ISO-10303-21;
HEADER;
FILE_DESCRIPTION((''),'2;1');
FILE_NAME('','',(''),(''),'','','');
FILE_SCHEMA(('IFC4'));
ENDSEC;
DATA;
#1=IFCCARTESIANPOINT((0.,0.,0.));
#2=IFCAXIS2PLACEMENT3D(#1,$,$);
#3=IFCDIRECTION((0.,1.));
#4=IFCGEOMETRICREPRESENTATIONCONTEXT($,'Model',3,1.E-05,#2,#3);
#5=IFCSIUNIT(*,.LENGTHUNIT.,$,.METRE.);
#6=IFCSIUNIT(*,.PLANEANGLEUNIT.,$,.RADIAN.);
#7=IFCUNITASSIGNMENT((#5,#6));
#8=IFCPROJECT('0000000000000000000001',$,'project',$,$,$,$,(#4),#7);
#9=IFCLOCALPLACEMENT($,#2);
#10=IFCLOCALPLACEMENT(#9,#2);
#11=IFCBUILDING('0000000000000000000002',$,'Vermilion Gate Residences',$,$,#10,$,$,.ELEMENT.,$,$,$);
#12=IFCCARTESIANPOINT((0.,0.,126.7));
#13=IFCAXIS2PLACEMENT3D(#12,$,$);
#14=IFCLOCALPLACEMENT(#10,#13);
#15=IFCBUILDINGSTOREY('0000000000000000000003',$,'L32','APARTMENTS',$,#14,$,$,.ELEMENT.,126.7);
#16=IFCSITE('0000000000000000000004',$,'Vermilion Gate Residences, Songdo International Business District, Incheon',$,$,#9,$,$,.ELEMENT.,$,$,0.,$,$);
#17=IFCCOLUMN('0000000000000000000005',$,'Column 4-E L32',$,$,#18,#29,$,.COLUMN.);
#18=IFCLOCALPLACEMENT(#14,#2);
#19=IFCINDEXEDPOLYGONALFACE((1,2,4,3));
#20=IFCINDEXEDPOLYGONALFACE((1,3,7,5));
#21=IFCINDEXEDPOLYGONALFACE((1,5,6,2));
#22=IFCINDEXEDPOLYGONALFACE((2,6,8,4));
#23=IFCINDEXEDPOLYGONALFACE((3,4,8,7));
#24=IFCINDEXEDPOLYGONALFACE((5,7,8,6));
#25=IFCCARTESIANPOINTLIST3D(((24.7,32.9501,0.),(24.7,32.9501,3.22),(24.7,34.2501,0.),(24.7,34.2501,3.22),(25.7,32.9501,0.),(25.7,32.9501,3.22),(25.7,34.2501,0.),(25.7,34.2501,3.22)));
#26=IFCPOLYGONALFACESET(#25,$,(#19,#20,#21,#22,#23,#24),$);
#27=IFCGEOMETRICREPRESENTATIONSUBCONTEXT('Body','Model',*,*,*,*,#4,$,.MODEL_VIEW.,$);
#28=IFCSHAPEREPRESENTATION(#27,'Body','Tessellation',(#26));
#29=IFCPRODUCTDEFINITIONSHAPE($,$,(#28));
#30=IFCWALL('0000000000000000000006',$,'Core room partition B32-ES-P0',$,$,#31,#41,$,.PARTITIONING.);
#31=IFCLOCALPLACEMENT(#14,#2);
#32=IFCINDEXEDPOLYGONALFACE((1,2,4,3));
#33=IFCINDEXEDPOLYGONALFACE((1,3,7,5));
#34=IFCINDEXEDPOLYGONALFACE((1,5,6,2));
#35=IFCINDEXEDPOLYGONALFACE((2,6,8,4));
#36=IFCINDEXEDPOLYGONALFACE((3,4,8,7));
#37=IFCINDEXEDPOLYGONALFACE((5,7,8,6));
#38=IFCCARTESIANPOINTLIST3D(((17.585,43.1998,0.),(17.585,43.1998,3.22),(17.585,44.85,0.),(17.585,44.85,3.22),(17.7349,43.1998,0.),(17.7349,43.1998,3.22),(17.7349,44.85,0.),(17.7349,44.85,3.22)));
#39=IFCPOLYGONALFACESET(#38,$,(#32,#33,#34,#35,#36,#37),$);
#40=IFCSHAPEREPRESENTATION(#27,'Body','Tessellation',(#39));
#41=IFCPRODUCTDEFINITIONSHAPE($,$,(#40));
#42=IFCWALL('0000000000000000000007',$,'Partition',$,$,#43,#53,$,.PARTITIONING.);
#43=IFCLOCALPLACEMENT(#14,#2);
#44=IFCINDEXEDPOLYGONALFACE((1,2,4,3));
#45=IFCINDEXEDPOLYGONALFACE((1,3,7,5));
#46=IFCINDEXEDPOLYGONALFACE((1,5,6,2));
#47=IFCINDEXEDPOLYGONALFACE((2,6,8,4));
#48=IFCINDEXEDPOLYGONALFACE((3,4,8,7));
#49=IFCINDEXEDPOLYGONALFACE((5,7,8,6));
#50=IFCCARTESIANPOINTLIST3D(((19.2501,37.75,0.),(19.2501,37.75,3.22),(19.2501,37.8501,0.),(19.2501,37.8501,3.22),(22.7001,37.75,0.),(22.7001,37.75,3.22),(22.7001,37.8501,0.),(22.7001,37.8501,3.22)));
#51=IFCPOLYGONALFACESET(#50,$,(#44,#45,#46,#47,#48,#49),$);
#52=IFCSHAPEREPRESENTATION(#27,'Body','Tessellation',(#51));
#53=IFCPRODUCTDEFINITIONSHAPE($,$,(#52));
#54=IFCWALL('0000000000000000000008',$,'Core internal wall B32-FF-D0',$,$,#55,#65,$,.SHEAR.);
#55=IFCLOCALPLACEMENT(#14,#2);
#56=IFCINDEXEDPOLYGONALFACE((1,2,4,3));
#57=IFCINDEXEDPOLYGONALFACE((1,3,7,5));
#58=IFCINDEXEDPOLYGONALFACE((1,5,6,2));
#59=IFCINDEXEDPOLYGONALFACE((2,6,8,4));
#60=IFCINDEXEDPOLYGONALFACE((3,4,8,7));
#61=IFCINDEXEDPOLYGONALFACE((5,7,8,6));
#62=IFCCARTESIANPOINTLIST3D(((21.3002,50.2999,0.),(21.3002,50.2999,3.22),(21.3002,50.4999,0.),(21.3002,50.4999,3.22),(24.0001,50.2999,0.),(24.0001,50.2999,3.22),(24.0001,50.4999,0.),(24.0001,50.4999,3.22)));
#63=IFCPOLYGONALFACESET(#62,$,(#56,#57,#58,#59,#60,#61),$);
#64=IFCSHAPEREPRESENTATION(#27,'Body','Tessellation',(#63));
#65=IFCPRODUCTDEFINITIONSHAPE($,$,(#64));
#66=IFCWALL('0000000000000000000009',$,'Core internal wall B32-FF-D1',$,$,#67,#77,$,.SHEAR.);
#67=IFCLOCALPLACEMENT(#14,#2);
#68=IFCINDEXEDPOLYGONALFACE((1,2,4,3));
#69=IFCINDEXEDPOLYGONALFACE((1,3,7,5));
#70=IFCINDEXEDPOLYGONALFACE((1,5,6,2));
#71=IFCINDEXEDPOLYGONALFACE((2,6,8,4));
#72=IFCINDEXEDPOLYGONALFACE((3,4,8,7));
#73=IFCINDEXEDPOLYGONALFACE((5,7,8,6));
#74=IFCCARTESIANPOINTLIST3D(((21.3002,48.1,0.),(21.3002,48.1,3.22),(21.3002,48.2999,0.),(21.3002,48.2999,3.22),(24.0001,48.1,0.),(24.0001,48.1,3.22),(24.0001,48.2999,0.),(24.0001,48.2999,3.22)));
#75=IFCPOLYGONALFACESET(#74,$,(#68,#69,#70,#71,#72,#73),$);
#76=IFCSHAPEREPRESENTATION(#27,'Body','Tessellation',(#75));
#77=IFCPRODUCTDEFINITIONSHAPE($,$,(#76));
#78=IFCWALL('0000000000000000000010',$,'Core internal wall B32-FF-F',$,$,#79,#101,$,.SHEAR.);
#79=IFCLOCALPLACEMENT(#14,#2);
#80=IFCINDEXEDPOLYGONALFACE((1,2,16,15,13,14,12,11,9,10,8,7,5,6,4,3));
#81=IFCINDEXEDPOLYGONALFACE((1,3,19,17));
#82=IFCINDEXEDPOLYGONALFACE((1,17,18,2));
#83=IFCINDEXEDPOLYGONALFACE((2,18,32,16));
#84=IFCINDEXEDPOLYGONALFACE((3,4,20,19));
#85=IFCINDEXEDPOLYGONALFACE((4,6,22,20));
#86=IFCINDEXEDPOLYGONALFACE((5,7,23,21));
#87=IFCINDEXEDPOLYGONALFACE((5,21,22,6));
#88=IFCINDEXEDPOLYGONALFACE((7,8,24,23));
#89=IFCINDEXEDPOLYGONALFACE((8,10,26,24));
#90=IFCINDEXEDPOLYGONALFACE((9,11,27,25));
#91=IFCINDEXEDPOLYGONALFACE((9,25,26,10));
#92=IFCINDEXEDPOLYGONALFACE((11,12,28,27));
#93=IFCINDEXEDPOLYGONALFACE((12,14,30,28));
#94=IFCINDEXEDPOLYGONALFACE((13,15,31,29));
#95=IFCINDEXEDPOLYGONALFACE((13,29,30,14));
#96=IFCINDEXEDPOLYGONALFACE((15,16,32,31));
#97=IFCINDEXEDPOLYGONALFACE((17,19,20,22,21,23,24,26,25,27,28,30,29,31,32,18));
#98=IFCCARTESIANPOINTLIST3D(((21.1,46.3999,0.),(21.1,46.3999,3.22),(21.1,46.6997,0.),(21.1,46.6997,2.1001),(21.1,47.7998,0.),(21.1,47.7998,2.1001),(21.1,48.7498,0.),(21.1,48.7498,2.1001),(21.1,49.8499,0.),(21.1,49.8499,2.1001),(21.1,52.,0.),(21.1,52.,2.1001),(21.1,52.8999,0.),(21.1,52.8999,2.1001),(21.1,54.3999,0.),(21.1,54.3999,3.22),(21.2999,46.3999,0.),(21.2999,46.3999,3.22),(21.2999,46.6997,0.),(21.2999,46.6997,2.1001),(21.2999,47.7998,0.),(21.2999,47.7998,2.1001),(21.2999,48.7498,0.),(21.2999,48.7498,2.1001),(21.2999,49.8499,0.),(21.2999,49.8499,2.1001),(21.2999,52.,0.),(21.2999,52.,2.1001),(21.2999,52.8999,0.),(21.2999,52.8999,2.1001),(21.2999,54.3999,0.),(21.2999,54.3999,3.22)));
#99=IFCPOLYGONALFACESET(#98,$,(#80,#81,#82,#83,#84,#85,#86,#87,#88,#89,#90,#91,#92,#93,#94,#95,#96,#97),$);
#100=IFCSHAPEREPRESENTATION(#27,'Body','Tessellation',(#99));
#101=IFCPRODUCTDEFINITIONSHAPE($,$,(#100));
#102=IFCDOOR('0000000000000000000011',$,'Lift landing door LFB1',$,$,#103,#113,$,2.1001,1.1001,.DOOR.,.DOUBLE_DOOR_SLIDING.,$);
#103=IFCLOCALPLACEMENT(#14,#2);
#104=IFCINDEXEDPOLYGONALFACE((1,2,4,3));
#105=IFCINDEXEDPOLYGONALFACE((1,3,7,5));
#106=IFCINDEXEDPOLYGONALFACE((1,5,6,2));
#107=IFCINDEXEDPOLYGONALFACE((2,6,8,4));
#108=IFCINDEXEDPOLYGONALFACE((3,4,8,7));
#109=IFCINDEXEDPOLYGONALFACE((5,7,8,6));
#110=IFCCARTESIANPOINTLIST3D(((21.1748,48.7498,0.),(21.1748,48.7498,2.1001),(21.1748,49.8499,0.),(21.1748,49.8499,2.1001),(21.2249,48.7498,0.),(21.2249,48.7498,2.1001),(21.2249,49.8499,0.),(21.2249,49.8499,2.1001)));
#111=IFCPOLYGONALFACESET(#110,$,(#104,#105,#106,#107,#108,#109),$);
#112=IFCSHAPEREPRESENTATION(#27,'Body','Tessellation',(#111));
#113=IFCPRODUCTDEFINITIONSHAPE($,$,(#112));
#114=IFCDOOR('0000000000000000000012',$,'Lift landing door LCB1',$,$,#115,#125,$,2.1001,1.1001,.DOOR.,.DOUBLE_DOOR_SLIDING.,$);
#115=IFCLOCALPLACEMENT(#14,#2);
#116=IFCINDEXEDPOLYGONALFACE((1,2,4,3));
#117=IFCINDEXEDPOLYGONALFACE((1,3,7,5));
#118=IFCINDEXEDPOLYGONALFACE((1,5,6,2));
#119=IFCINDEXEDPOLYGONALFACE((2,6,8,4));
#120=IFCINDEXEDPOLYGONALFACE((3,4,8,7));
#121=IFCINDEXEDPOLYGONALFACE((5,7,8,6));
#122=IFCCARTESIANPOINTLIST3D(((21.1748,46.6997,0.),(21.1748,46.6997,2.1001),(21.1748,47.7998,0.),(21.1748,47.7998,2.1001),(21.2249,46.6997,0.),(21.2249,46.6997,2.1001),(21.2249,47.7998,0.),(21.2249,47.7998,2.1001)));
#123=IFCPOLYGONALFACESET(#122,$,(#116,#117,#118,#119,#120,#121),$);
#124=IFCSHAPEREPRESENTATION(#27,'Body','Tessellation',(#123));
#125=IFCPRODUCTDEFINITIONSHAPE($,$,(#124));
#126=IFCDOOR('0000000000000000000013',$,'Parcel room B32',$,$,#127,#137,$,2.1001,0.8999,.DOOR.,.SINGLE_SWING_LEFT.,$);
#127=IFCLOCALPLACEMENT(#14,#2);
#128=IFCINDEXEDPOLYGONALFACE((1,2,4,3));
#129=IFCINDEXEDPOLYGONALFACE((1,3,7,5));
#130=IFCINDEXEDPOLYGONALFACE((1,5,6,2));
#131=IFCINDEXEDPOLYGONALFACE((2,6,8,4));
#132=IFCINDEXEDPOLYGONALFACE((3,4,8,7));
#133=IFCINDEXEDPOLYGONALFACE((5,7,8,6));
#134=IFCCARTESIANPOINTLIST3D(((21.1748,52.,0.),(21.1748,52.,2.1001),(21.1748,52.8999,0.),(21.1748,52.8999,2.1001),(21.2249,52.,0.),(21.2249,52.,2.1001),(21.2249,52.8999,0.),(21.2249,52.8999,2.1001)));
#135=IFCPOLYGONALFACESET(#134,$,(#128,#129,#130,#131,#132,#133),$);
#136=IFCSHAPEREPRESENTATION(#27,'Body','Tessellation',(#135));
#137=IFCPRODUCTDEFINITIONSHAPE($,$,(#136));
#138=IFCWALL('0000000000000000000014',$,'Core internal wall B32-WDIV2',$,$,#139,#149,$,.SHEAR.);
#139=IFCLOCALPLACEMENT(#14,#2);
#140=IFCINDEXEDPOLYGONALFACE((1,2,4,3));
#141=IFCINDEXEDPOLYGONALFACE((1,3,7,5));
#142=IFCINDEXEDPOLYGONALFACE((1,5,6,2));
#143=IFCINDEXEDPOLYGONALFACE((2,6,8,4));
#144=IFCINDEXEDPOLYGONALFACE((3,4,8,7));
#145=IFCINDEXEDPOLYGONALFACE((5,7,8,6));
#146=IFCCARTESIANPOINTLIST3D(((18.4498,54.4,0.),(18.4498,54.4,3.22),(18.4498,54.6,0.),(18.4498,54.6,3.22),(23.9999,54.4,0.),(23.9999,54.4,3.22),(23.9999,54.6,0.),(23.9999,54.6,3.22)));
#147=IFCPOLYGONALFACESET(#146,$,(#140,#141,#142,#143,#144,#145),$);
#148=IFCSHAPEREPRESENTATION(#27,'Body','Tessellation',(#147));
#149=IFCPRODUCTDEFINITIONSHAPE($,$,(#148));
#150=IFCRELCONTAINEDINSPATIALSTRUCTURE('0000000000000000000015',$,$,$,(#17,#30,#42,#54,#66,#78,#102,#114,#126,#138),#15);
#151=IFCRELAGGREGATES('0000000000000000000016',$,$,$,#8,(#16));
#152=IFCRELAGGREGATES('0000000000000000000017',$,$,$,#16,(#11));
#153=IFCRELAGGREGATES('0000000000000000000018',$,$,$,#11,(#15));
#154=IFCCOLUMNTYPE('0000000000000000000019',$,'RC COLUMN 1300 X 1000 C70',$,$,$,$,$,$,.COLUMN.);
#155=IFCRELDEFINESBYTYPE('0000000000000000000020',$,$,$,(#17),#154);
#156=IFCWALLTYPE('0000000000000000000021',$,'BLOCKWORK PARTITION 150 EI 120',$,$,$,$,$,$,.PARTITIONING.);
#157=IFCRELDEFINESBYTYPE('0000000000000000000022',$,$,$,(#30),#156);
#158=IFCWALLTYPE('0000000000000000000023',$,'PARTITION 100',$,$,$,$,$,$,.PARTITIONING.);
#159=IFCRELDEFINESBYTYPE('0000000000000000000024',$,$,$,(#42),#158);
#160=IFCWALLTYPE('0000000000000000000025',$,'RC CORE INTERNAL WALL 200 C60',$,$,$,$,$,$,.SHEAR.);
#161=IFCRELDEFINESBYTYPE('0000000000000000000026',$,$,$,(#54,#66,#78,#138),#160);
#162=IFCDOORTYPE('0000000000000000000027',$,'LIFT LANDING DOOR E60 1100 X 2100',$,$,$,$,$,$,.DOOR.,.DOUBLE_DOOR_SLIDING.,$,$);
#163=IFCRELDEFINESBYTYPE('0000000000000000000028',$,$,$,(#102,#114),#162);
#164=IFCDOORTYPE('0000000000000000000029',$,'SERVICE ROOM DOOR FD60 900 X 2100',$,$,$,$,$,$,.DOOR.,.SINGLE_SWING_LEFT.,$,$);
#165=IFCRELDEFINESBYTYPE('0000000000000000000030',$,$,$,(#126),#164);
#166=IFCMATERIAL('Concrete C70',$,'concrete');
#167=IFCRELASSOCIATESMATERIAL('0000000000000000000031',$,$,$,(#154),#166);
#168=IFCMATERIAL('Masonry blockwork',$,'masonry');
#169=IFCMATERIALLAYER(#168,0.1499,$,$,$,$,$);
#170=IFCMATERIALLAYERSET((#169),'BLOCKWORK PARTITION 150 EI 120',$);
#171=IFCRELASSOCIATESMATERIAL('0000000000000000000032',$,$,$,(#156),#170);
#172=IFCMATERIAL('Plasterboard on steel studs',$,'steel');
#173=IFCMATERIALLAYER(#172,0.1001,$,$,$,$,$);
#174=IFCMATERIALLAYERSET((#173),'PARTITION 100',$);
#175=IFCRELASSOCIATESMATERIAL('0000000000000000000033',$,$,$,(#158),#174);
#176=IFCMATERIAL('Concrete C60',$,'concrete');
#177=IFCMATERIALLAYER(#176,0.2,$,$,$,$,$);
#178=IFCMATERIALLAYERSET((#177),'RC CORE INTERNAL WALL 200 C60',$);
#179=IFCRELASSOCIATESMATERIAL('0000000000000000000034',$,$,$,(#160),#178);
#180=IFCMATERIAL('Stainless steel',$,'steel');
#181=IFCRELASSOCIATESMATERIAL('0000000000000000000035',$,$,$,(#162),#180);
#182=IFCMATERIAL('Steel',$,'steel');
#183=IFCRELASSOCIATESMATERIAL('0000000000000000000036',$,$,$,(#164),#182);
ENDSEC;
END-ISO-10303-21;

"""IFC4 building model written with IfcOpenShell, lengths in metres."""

from ifc_helpers import new_model, si_unit, direction, frame, frame_2d, origin, origin_2d, place, context, subcontext, project, spatial, rectangle, extrude, material, layer, layer_set, material_profile, profile_set, type_object, element, fill, save


model = new_model("IFC4")

# Units and contexts
model_context = context("Model", 3, precision=1e-05, world=origin(), true_north=direction((0.0, 1.0)))
body_context = subcontext(model_context, "Body", "Model", "MODEL_VIEW")
ifc_project = project(units=[si_unit("LENGTHUNIT", "METRE"), si_unit("PLANEANGLEUNIT", "RADIAN")], contexts=[model_context])

# Site, building, storey
site_placement = place(None, origin())
site = spatial("IfcSite", under=ifc_project, at=site_placement, Name="Vermilion Gate Residences, Songdo International Business District, Incheon", CompositionType="ELEMENT", RefElevation=0.0)
building_placement = place(site_placement, origin())
building = spatial("IfcBuilding", under=site, at=building_placement, Name="Vermilion Gate Residences", CompositionType="ELEMENT")
storey_placement = place(building_placement, frame((0.0, 0.0, 126.7)))
storey = spatial("IfcBuildingStorey", under=building, at=storey_placement, Name="L32", Description="APARTMENTS", CompositionType="ELEMENT", Elevation=126.7)

# Column
ifc_material_1 = material(Name="Concrete C70", Category="concrete")
ifc_material_profile = material_profile(ifc_material_1, rectangle(XDim=1.3, YDim=1.0, at=origin_2d()), Name="RC-1300x1000")
ifc_profile_set = profile_set([ifc_material_profile], Name="Concrete C70")
column_type = type_object("IfcColumnType", Name="RC COLUMN 1300 X 1000 C70", PredefinedType="COLUMN", material=ifc_profile_set)
column_placement = place(storey_placement, frame((25.2, 33.6001, 0.0), z_axis=(0.0, 0.0, 1.0), x_axis=(0.0, 1.0, 0.0)))
element("IfcColumn", 1, at=column_placement, inside=storey, type_object=column_type, Name="Column 4-E L32", PredefinedType="COLUMN", context=body_context, shape_type="SweptSolid", body=[
    extrude(rectangle(XDim=1.3, YDim=1.0, at=origin_2d()), origin(), (0.0, 0.0, 1.0), 3.22),
])

# Walls
ifc_material_2 = material(Name="Masonry blockwork", Category="masonry")
ifc_layer_1 = layer(ifc_material_2, 0.1499)
ifc_layer_set_1 = layer_set([ifc_layer_1], Name="BLOCKWORK PARTITION 150 EI 120")
wall_type_1 = type_object("IfcWallType", Name="BLOCKWORK PARTITION 150 EI 120", PredefinedType="PARTITIONING", material=ifc_layer_set_1)
wall_1_placement = place(storey_placement, frame((17.6599, 44.8501, 0.0), z_axis=(0.0, 0.0, 1.0), x_axis=(0.0, -1.0, 0.0)))
element("IfcWall", 2, at=wall_1_placement, inside=storey, type_object=wall_type_1, Name="Core room partition B32-ES-P0", PredefinedType="PARTITIONING", context=body_context, shape_type="SweptSolid", body=[
    extrude(rectangle(XDim=1.6501, YDim=0.1499, at=frame_2d((0.8252, 0.0))), origin(), (0.0, 0.0, 1.0), 3.22),
])
ifc_material_3 = material(Name="Plasterboard on steel studs", Category="steel")
ifc_layer_2 = layer(ifc_material_3, 0.1001)
ifc_layer_set_2 = layer_set([ifc_layer_2], Name="PARTITION 100")
wall_type_2 = type_object("IfcWallType", Name="PARTITION 100", PredefinedType="PARTITIONING", material=ifc_layer_set_2)
wall_2_placement = place(storey_placement, frame((19.25, 37.8, 0.0), z_axis=(0.0, 0.0, 1.0), x_axis=(1.0, 0.0, 0.0)))
element("IfcWall", 3, at=wall_2_placement, inside=storey, type_object=wall_type_2, Name="Partition", PredefinedType="PARTITIONING", context=body_context, shape_type="SweptSolid", body=[
    extrude(rectangle(XDim=3.45, YDim=0.1001, at=frame_2d((1.7251, 0.0))), origin(), (0.0, 0.0, 1.0), 3.22),
])
ifc_material_4 = material(Name="Concrete C60", Category="concrete")
ifc_layer_3 = layer(ifc_material_4, 0.2)
ifc_layer_set_3 = layer_set([ifc_layer_3], Name="RC CORE INTERNAL WALL 200 C60")
wall_type_3 = type_object("IfcWallType", Name="RC CORE INTERNAL WALL 200 C60", PredefinedType="SHEAR", material=ifc_layer_set_3)
for number, where, z_axis, x_axis, name in (
    (4, (21.3, 50.3999, 0.0), (0.0, 0.0, 1.0), (1.0, 0.0, 0.0), "Core internal wall B32-FF-D0"),
    (5, (21.3, 48.2, 0.0), (0.0, 0.0, 1.0), (1.0, 0.0, 0.0), "Core internal wall B32-FF-D1"),
):
    element("IfcWall", number, at=place(storey_placement, frame(where, z_axis=z_axis, x_axis=x_axis)), inside=storey, type_object=wall_type_3, Name=name, PredefinedType="SHEAR", context=body_context, shape_type="SweptSolid", body=[
        extrude(rectangle(XDim=2.7, YDim=0.2, at=frame_2d((1.3501, 0.0))), origin(), (0.0, 0.0, 1.0), 3.22),
    ])

# Wall, openings, doors
wall_3_placement = place(storey_placement, frame((21.2, 54.3999, 0.0), z_axis=(0.0, 0.0, 1.0), x_axis=(0.0, -1.0, 0.0)))
wall_3 = element("IfcWall", 6, at=wall_3_placement, inside=storey, type_object=wall_type_3, Name="Core internal wall B32-FF-F", PredefinedType="SHEAR", context=body_context, shape_type="SweptSolid", body=[
    extrude(rectangle(XDim=8.0, YDim=0.2, at=frame_2d((4.0, 0.0))), origin(), (0.0, 0.0, 1.0), 3.22),
])
opening_1_placement = place(wall_3_placement, frame((1.5, 0.0, 0.0)))
opening_1 = element("IfcOpeningElement", 7, at=opening_1_placement, cuts=wall_3, PredefinedType="OPENING", context=body_context, shape_type="SweptSolid", body=[
    extrude(rectangle(XDim=0.8999, YDim=2.1001, at=frame_2d((0.45, 1.05))), frame((0.0, 0.1099, 0.0), z_axis=(0.0, -1.0, 0.0), x_axis=(1.0, 0.0, 0.0)), (0.0, 0.0, 1.0), 0.22),
])
opening_2_placement = place(wall_3_placement, frame((4.55, 0.0, 0.0)))
opening_2 = element("IfcOpeningElement", 8, at=opening_2_placement, cuts=wall_3, PredefinedType="OPENING", context=body_context, shape_type="SweptSolid", body=[
    extrude(rectangle(XDim=1.1001, YDim=2.1001, at=frame_2d((0.55, 1.05))), frame((0.0, 0.1099, 0.0), z_axis=(0.0, -1.0, 0.0), x_axis=(1.0, 0.0, 0.0)), (0.0, 0.0, 1.0), 0.22),
])
opening_3_placement = place(wall_3_placement, frame((6.6001, 0.0, 0.0)))
opening_3 = element("IfcOpeningElement", 9, at=opening_3_placement, cuts=wall_3, PredefinedType="OPENING", context=body_context, shape_type="SweptSolid", body=[
    extrude(rectangle(XDim=1.1001, YDim=2.1001, at=frame_2d((0.55, 1.05))), frame((0.0, 0.1099, 0.0), z_axis=(0.0, -1.0, 0.0), x_axis=(1.0, 0.0, 0.0)), (0.0, 0.0, 1.0), 0.22),
])
ifc_material_5 = material(Name="Stainless steel", Category="steel")
door_type_1 = type_object("IfcDoorType", Name="LIFT LANDING DOOR E60 1100 X 2100", OperationType="DOUBLE_DOOR_SLIDING", PredefinedType="DOOR", material=ifc_material_5)
door_1_placement = place(opening_2_placement, origin())
door_1 = element("IfcDoor", 10, at=door_1_placement, inside=storey, type_object=door_type_1, Name="Lift landing door LFB1", OperationType="DOUBLE_DOOR_SLIDING", OverallHeight=2.1001, OverallWidth=1.1001, PredefinedType="DOOR", context=body_context, shape_type="SweptSolid", body=[
    extrude(rectangle(XDim=1.1001, YDim=2.1001, at=frame_2d((0.55, 1.05))), frame((0.0, 0.0249, 0.0), z_axis=(0.0, -1.0, 0.0), x_axis=(1.0, 0.0, 0.0)), (0.0, 0.0, 1.0), 0.05),
])
fill(opening_2, door_1)
door_2_placement = place(opening_3_placement, origin())
door_2 = element("IfcDoor", 11, at=door_2_placement, inside=storey, type_object=door_type_1, Name="Lift landing door LCB1", OperationType="DOUBLE_DOOR_SLIDING", OverallHeight=2.1001, OverallWidth=1.1001, PredefinedType="DOOR", context=body_context, shape_type="SweptSolid", body=[
    extrude(rectangle(XDim=1.1001, YDim=2.1001, at=frame_2d((0.55, 1.05))), frame((0.0, 0.0249, 0.0), z_axis=(0.0, -1.0, 0.0), x_axis=(1.0, 0.0, 0.0)), (0.0, 0.0, 1.0), 0.05),
])
fill(opening_3, door_2)
ifc_material_6 = material(Name="Steel", Category="steel")
door_type_2 = type_object("IfcDoorType", Name="SERVICE ROOM DOOR FD60 900 X 2100", OperationType="SINGLE_SWING_LEFT", PredefinedType="DOOR", material=ifc_material_6)
door_3_placement = place(opening_1_placement, origin())
door_3 = element("IfcDoor", 12, at=door_3_placement, inside=storey, type_object=door_type_2, Name="Parcel room B32", OperationType="SINGLE_SWING_LEFT", OverallHeight=2.1001, OverallWidth=0.8999, PredefinedType="DOOR", context=body_context, shape_type="SweptSolid", body=[
    extrude(rectangle(XDim=0.8999, YDim=2.1001, at=frame_2d((0.45, 1.05))), frame((0.0, 0.0249, 0.0), z_axis=(0.0, -1.0, 0.0), x_axis=(1.0, 0.0, 0.0)), (0.0, 0.0, 1.0), 0.05),
])
fill(opening_1, door_3)

# Wall
wall_4_placement = place(storey_placement, frame((18.45, 54.5, 0.0), z_axis=(0.0, 0.0, 1.0), x_axis=(1.0, 0.0, 0.0)))
element("IfcWall", 13, at=wall_4_placement, inside=storey, type_object=wall_type_3, Name="Core internal wall B32-WDIV2", PredefinedType="SHEAR", context=body_context, shape_type="SweptSolid", body=[
    extrude(rectangle(XDim=5.55, YDim=0.2, at=frame_2d((2.7749, 0.0))), origin(), (0.0, 0.0, 1.0), 3.22),
])

save(model, "model.ifc")
